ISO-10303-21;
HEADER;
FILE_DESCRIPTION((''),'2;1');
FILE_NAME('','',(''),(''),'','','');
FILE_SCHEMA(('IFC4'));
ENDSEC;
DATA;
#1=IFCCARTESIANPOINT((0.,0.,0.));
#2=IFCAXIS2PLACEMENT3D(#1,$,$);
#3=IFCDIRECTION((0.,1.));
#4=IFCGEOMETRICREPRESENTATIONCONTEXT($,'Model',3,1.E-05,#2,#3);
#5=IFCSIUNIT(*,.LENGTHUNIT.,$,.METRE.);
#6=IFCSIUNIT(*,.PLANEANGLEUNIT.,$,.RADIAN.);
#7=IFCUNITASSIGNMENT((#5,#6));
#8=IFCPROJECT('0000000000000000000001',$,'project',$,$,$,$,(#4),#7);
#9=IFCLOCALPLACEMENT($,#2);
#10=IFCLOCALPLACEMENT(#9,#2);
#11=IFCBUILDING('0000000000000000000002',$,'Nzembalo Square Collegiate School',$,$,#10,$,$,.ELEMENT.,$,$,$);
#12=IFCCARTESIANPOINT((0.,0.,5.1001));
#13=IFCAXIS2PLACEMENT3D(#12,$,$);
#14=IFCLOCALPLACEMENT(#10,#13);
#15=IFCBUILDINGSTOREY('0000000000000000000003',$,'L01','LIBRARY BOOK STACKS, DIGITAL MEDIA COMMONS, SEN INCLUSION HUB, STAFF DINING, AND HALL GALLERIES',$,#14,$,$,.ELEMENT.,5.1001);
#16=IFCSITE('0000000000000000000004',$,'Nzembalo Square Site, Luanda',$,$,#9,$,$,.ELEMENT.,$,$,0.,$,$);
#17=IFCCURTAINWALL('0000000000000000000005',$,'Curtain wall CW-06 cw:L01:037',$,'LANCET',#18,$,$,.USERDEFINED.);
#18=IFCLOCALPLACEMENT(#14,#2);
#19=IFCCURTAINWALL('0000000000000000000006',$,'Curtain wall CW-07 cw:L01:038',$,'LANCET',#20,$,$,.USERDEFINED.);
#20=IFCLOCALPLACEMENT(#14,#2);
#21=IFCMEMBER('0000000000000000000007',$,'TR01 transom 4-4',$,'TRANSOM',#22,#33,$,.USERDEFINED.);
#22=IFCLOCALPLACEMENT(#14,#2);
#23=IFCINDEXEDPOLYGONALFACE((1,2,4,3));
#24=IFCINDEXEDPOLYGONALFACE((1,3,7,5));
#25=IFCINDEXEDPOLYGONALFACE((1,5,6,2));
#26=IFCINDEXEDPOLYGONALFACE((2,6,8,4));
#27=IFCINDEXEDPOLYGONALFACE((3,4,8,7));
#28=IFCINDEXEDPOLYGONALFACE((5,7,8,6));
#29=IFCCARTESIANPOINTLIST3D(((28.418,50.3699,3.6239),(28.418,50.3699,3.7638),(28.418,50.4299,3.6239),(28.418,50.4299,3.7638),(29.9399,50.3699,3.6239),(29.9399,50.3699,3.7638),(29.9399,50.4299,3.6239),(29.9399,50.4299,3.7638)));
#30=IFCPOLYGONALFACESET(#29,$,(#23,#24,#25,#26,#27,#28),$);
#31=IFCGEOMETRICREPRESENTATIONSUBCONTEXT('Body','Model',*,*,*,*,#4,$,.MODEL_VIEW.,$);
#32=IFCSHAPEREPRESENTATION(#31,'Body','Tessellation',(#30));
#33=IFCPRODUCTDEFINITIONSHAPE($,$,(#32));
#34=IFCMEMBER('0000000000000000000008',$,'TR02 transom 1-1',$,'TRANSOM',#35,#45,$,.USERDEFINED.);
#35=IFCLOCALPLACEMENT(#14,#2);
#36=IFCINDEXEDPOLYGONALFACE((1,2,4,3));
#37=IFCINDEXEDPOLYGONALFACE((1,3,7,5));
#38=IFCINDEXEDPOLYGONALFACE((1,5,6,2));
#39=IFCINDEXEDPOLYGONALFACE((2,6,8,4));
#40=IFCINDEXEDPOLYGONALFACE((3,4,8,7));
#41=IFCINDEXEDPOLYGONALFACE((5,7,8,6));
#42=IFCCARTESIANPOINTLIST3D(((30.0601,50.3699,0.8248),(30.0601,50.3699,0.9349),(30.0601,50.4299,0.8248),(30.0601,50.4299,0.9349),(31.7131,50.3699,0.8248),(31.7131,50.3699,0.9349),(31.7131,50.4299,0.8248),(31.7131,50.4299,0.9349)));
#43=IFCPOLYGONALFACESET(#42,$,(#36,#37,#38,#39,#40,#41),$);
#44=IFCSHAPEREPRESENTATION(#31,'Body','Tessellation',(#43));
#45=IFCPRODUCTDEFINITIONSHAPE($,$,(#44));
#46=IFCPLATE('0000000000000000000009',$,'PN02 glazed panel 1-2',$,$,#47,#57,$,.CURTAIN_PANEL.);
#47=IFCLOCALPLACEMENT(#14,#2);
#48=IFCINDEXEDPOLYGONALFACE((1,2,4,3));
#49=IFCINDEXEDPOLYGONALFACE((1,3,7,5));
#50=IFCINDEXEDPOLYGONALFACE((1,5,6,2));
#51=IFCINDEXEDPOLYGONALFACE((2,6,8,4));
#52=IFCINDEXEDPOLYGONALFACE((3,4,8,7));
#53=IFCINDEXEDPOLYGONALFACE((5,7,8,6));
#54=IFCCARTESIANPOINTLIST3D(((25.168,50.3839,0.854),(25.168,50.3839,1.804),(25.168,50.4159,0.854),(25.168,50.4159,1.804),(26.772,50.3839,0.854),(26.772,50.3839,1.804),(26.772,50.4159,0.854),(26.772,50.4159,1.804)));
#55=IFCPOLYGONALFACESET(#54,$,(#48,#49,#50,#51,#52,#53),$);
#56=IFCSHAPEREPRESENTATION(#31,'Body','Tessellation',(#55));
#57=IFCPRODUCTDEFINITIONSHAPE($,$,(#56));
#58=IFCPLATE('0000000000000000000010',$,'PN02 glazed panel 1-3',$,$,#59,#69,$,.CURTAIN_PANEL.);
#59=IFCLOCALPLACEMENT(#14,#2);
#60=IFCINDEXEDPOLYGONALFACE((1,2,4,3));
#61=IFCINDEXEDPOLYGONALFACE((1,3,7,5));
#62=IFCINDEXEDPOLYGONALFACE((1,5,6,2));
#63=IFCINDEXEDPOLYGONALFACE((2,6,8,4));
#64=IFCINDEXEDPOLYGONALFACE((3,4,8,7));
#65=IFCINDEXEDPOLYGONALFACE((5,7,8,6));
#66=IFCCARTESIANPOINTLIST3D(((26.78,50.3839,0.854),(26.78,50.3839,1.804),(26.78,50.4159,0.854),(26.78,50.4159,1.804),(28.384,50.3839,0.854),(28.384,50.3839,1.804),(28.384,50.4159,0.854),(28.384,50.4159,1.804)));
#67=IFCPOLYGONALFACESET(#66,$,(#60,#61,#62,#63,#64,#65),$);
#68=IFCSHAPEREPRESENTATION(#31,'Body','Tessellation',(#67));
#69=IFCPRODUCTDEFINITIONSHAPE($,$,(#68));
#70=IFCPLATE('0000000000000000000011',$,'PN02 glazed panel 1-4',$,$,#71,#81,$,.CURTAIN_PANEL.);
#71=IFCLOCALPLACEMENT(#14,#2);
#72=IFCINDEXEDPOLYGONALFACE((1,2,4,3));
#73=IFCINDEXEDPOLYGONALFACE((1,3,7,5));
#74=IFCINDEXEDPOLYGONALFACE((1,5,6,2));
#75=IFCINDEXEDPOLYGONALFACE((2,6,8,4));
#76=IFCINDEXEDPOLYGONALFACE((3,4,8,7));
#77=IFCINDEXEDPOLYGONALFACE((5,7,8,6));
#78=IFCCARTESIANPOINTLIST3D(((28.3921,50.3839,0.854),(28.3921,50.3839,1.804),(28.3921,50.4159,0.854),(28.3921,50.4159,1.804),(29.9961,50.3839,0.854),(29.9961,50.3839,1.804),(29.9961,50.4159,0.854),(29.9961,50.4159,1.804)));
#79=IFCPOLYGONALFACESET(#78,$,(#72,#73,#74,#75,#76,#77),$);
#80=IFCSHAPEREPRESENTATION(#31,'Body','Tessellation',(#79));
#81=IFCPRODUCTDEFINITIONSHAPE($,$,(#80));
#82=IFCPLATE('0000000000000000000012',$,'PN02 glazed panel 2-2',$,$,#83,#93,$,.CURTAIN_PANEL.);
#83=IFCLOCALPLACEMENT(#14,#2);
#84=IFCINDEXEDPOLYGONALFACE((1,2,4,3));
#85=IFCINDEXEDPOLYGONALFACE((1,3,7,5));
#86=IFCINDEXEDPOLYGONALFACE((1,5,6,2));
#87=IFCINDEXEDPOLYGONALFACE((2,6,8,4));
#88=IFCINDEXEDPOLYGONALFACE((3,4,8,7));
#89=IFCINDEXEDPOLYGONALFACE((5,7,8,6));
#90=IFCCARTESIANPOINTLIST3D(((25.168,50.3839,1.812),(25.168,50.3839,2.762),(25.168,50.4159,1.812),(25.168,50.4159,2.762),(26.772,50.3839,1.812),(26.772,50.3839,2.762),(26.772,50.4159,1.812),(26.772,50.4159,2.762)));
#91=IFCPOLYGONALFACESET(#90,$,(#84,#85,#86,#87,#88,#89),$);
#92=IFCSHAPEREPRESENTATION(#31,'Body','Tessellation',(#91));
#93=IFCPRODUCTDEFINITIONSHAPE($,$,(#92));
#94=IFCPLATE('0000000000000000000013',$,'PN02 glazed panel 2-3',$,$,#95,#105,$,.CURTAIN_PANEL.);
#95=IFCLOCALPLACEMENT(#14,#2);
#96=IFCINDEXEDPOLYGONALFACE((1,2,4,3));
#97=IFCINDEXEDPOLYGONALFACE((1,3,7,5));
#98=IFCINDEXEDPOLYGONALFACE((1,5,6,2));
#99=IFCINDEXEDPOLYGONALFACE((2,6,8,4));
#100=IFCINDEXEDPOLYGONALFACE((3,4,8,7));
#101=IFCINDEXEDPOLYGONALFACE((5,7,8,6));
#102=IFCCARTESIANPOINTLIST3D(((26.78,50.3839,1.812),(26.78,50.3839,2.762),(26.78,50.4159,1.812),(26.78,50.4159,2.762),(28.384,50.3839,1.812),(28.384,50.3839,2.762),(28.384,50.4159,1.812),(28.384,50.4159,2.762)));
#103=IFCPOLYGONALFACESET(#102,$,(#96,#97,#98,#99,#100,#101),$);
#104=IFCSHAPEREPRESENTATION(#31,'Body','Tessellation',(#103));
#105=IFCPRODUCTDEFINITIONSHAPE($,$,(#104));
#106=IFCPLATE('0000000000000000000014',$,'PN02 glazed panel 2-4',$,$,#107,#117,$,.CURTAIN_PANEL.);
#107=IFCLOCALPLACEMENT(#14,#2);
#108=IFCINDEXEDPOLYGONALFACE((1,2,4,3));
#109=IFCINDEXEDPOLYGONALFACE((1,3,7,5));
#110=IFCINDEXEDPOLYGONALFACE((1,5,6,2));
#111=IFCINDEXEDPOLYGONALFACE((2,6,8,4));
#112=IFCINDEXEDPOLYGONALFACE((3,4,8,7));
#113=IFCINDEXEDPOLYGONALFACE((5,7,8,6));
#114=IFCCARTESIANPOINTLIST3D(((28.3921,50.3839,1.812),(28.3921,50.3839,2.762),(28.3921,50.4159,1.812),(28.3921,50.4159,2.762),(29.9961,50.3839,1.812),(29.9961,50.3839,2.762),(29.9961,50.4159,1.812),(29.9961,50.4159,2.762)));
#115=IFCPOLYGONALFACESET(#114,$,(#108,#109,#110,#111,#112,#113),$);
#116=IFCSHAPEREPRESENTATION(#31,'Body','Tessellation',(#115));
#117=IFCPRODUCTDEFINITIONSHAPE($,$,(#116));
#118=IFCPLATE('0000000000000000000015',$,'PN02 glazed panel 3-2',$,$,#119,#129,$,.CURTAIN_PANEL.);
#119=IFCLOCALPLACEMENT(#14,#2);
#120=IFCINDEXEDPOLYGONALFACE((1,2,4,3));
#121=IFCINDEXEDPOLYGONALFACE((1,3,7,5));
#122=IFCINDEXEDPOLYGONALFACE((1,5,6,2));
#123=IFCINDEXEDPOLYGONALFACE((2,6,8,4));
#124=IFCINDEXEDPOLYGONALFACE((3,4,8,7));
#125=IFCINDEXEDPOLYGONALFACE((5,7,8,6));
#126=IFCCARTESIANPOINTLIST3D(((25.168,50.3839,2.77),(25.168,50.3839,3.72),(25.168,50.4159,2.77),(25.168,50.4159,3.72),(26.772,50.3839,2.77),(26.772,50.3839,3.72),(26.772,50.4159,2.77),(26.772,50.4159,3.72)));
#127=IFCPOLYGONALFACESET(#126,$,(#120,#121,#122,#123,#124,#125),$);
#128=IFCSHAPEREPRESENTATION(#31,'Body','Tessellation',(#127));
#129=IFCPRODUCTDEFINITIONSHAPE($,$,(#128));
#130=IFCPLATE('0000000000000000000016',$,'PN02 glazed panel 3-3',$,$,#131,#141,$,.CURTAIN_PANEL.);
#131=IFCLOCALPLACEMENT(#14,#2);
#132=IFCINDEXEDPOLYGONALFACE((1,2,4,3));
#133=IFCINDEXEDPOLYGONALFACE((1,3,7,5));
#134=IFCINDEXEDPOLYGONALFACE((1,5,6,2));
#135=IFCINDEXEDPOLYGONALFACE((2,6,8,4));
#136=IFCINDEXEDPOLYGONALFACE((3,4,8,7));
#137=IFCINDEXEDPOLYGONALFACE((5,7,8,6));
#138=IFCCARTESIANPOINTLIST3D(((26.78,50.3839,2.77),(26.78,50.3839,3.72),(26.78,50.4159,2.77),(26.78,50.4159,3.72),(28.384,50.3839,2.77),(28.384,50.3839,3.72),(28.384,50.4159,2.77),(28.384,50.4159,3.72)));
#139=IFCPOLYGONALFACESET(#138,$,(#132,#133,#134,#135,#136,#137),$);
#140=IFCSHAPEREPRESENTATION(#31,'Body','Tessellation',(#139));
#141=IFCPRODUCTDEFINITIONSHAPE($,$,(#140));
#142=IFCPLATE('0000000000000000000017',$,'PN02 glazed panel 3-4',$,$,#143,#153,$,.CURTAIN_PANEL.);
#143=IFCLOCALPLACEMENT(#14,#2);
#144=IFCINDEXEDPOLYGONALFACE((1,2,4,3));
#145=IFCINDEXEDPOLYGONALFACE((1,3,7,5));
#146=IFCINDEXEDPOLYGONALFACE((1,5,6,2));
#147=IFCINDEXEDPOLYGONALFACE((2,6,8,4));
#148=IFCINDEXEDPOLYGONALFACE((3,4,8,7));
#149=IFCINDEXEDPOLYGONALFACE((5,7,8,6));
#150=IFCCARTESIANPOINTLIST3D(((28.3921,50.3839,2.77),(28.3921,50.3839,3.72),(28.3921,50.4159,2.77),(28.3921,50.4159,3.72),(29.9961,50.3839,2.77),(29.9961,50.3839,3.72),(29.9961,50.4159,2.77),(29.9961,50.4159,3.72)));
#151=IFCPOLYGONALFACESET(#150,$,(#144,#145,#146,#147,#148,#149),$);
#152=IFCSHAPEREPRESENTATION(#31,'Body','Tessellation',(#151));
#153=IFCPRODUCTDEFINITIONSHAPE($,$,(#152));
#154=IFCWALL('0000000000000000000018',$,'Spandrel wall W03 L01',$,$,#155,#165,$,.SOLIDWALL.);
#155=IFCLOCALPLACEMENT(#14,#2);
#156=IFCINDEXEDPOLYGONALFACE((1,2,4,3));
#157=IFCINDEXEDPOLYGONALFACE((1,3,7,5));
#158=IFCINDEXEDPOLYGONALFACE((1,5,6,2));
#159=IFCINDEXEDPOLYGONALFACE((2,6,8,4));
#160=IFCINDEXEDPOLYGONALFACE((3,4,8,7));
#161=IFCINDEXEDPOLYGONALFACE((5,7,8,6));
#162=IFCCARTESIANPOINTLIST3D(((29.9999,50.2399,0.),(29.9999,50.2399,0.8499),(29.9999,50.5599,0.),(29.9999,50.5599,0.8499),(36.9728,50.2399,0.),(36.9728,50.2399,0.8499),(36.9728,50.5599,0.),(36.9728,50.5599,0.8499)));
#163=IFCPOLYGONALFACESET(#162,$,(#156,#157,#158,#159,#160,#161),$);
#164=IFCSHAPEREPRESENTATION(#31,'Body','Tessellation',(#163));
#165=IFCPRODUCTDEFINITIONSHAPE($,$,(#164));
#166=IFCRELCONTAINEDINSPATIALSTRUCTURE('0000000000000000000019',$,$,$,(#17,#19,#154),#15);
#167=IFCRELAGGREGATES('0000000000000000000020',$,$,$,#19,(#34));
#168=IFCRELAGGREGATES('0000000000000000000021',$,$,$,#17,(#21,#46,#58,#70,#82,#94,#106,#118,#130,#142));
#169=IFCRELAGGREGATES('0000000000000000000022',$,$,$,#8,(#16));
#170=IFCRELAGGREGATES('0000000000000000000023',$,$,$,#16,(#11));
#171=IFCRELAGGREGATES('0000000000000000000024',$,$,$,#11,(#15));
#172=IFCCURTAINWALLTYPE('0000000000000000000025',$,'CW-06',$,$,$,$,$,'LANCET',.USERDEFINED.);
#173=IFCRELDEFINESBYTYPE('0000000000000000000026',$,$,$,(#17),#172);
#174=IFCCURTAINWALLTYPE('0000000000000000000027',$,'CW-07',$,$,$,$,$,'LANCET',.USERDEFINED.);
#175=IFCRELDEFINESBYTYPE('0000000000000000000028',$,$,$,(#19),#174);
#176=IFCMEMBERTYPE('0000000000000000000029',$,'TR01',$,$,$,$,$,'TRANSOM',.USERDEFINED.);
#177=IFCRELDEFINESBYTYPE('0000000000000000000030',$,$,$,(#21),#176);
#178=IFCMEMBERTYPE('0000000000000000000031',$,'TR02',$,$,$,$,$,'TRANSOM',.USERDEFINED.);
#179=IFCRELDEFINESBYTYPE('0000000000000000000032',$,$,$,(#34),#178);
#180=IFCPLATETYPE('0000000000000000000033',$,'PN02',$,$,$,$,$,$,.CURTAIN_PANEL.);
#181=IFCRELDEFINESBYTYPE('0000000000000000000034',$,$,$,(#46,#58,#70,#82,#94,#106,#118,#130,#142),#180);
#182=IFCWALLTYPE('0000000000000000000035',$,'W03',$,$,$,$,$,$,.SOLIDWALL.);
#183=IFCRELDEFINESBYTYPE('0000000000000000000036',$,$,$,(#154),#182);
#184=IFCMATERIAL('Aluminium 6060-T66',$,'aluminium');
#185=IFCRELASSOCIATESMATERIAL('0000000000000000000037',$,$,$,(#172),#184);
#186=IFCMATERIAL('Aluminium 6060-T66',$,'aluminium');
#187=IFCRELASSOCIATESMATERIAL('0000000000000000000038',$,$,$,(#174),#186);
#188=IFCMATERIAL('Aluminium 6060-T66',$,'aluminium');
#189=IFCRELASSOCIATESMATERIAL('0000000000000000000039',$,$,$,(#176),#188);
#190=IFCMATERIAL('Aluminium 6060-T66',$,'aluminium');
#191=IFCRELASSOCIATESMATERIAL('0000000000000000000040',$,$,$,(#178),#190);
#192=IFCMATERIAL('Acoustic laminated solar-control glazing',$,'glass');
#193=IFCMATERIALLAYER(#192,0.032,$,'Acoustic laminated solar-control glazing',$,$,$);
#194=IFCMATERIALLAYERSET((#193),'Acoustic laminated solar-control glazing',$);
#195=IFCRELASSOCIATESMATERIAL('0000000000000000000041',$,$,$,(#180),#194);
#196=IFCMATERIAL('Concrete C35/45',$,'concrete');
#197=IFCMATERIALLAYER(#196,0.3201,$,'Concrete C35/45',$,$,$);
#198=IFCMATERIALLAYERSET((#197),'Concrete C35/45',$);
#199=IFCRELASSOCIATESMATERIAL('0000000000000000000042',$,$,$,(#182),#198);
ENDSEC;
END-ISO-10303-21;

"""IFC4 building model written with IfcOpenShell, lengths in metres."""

from ifc_helpers import new_model, si_unit, direction, frame, frame_2d, origin, origin_2d, place, context, subcontext, project, spatial, rectangle, extrude, material, layer, layer_set, material_profile, profile_set, type_object, element, aggregate, save


model = new_model("IFC4")

# Units and contexts
model_context = context("Model", 3, precision=1e-05, world=origin(), true_north=direction((0.0, 1.0)))
body_context = subcontext(model_context, "Body", "Model", "MODEL_VIEW")
ifc_project = project(units=[si_unit("LENGTHUNIT", "METRE"), si_unit("PLANEANGLEUNIT", "RADIAN")], contexts=[model_context])

# Site, building, storey
site_placement = place(None, origin())
site = spatial("IfcSite", under=ifc_project, at=site_placement, Name="Nzembalo Square Site, Luanda", CompositionType="ELEMENT", RefElevation=0.0)
building_placement = place(site_placement, origin())
building = spatial("IfcBuilding", under=site, at=building_placement, Name="Nzembalo Square Collegiate School", CompositionType="ELEMENT")
storey_placement = place(building_placement, frame((0.0, 0.0, 5.1001)))
storey = spatial("IfcBuildingStorey", under=building, at=storey_placement, Name="L01", Description="LIBRARY BOOK STACKS, DIGITAL MEDIA COMMONS, SEN INCLUSION HUB, STAFF DINING, AND HALL GALLERIES", CompositionType="ELEMENT", Elevation=5.1001)

# Curtain wall
ifc_material_1 = material(Name="Aluminium 6060-T66", Category="aluminium")
curtain_wall_type_1 = type_object("IfcCurtainWallType", Name="CW-06", ElementType="LANCET", PredefinedType="USERDEFINED", material=ifc_material_1)
curtain_wall_1_placement = place(storey_placement, origin())
curtain_wall_1 = element("IfcCurtainWall", 1, at=curtain_wall_1_placement, inside=storey, type_object=curtain_wall_type_1, Name="Curtain wall CW-06 cw:L01:037", ObjectType="LANCET", PredefinedType="USERDEFINED")

# Curtain wall
ifc_material_2 = material(Name="Aluminium 6060-T66", Category="aluminium")
curtain_wall_type_2 = type_object("IfcCurtainWallType", Name="CW-07", ElementType="LANCET", PredefinedType="USERDEFINED", material=ifc_material_2)
curtain_wall_2_placement = place(storey_placement, origin())
curtain_wall_2 = element("IfcCurtainWall", 2, at=curtain_wall_2_placement, inside=storey, type_object=curtain_wall_type_2, Name="Curtain wall CW-07 cw:L01:038", ObjectType="LANCET", PredefinedType="USERDEFINED")

# Members
ifc_material_3 = material(Name="Aluminium 6060-T66", Category="aluminium")
ifc_material_profile_1 = material_profile(ifc_material_3, rectangle(XDim=0.0601, YDim=0.1399, at=origin_2d()), Name="ALU T60x140")
ifc_profile_set_1 = profile_set([ifc_material_profile_1], Name="Aluminium 6060-T66")
member_type_1 = type_object("IfcMemberType", Name="TR01", ElementType="TRANSOM", PredefinedType="USERDEFINED", material=ifc_profile_set_1)
member_1_placement = place(storey_placement, frame((28.418, 50.3999, 3.6938), z_axis=(1.0, 0.0, 0.0), x_axis=(0.0, 1.0, 0.0)))
member_1 = element("IfcMember", 3, at=member_1_placement, type_object=member_type_1, Name="TR01 transom 4-4", ObjectType="TRANSOM", PredefinedType="USERDEFINED", context=body_context, shape_type="SweptSolid", body=[
    extrude(rectangle(XDim=0.0601, YDim=0.1399, at=origin_2d()), origin(), (0.0, 0.0, 1.0), 1.522),
])
ifc_material_4 = material(Name="Aluminium 6060-T66", Category="aluminium")
ifc_material_profile_2 = material_profile(ifc_material_4, rectangle(XDim=0.0601, YDim=0.1101, at=origin_2d()), Name="ALU T60x110")
ifc_profile_set_2 = profile_set([ifc_material_profile_2], Name="Aluminium 6060-T66")
member_type_2 = type_object("IfcMemberType", Name="TR02", ElementType="TRANSOM", PredefinedType="USERDEFINED", material=ifc_profile_set_2)
member_2_placement = place(storey_placement, frame((30.0601, 50.3999, 0.8799), z_axis=(1.0, 0.0, 0.0), x_axis=(0.0, 1.0, 0.0)))
member_2 = element("IfcMember", 4, at=member_2_placement, type_object=member_type_2, Name="TR02 transom 1-1", ObjectType="TRANSOM", PredefinedType="USERDEFINED", context=body_context, shape_type="SweptSolid", body=[
    extrude(rectangle(XDim=0.0601, YDim=0.1101, at=origin_2d()), origin(), (0.0, 0.0, 1.0), 1.6531),
])
aggregate(curtain_wall_2, [member_2])

# Plates
ifc_material_5 = material(Name="Acoustic laminated solar-control glazing", Category="glass")
ifc_layer_1 = layer(ifc_material_5, 0.032, Name="Acoustic laminated solar-control glazing")
ifc_layer_set_1 = layer_set([ifc_layer_1], Name="Acoustic laminated solar-control glazing")
plate_type = type_object("IfcPlateType", Name="PN02", PredefinedType="CURTAIN_PANEL", material=ifc_layer_set_1)
plate_1_placement = place(storey_placement, frame((25.97, 50.3999, 0.854), z_axis=(0.0, 0.0, 1.0), x_axis=(1.0, 0.0, 0.0)))
plate_1 = element("IfcPlate", 5, at=plate_1_placement, type_object=plate_type, Name="PN02 glazed panel 1-2", PredefinedType="CURTAIN_PANEL", context=body_context, shape_type="SweptSolid", body=[
    extrude(rectangle(XDim=1.604, YDim=0.032, at=origin_2d()), origin(), (0.0, 0.0, 1.0), 0.95),
])
plate_2_placement = place(storey_placement, frame((27.582, 50.3999, 0.854), z_axis=(0.0, 0.0, 1.0), x_axis=(1.0, 0.0, 0.0)))
plate_2 = element("IfcPlate", 6, at=plate_2_placement, type_object=plate_type, Name="PN02 glazed panel 1-3", PredefinedType="CURTAIN_PANEL", context=body_context, shape_type="SweptSolid", body=[
    extrude(rectangle(XDim=1.604, YDim=0.032, at=origin_2d()), origin(), (0.0, 0.0, 1.0), 0.95),
])
plate_3_placement = place(storey_placement, frame((29.1941, 50.3999, 0.854), z_axis=(0.0, 0.0, 1.0), x_axis=(1.0, 0.0, 0.0)))
plate_3 = element("IfcPlate", 7, at=plate_3_placement, type_object=plate_type, Name="PN02 glazed panel 1-4", PredefinedType="CURTAIN_PANEL", context=body_context, shape_type="SweptSolid", body=[
    extrude(rectangle(XDim=1.604, YDim=0.032, at=origin_2d()), origin(), (0.0, 0.0, 1.0), 0.95),
])
plate_4_placement = place(storey_placement, frame((25.97, 50.3999, 1.812), z_axis=(0.0, 0.0, 1.0), x_axis=(1.0, 0.0, 0.0)))
plate_4 = element("IfcPlate", 8, at=plate_4_placement, type_object=plate_type, Name="PN02 glazed panel 2-2", PredefinedType="CURTAIN_PANEL", context=body_context, shape_type="SweptSolid", body=[
    extrude(rectangle(XDim=1.604, YDim=0.032, at=origin_2d()), origin(), (0.0, 0.0, 1.0), 0.95),
])
plate_5_placement = place(storey_placement, frame((27.582, 50.3999, 1.812), z_axis=(0.0, 0.0, 1.0), x_axis=(1.0, 0.0, 0.0)))
plate_5 = element("IfcPlate", 9, at=plate_5_placement, type_object=plate_type, Name="PN02 glazed panel 2-3", PredefinedType="CURTAIN_PANEL", context=body_context, shape_type="SweptSolid", body=[
    extrude(rectangle(XDim=1.604, YDim=0.032, at=origin_2d()), origin(), (0.0, 0.0, 1.0), 0.95),
])
plate_6_placement = place(storey_placement, frame((29.1941, 50.3999, 1.812), z_axis=(0.0, 0.0, 1.0), x_axis=(1.0, 0.0, 0.0)))
plate_6 = element("IfcPlate", 10, at=plate_6_placement, type_object=plate_type, Name="PN02 glazed panel 2-4", PredefinedType="CURTAIN_PANEL", context=body_context, shape_type="SweptSolid", body=[
    extrude(rectangle(XDim=1.604, YDim=0.032, at=origin_2d()), origin(), (0.0, 0.0, 1.0), 0.95),
])
plate_7_placement = place(storey_placement, frame((25.97, 50.3999, 2.77), z_axis=(0.0, 0.0, 1.0), x_axis=(1.0, 0.0, 0.0)))
plate_7 = element("IfcPlate", 11, at=plate_7_placement, type_object=plate_type, Name="PN02 glazed panel 3-2", PredefinedType="CURTAIN_PANEL", context=body_context, shape_type="SweptSolid", body=[
    extrude(rectangle(XDim=1.604, YDim=0.032, at=origin_2d()), origin(), (0.0, 0.0, 1.0), 0.95),
])
plate_8_placement = place(storey_placement, frame((27.582, 50.3999, 2.77), z_axis=(0.0, 0.0, 1.0), x_axis=(1.0, 0.0, 0.0)))
plate_8 = element("IfcPlate", 12, at=plate_8_placement, type_object=plate_type, Name="PN02 glazed panel 3-3", PredefinedType="CURTAIN_PANEL", context=body_context, shape_type="SweptSolid", body=[
    extrude(rectangle(XDim=1.604, YDim=0.032, at=origin_2d()), origin(), (0.0, 0.0, 1.0), 0.95),
])
plate_9_placement = place(storey_placement, frame((29.1941, 50.3999, 2.77), z_axis=(0.0, 0.0, 1.0), x_axis=(1.0, 0.0, 0.0)))
plate_9 = element("IfcPlate", 13, at=plate_9_placement, type_object=plate_type, Name="PN02 glazed panel 3-4", PredefinedType="CURTAIN_PANEL", context=body_context, shape_type="SweptSolid", body=[
    extrude(rectangle(XDim=1.604, YDim=0.032, at=origin_2d()), origin(), (0.0, 0.0, 1.0), 0.95),
])
aggregate(curtain_wall_1, [member_1, plate_1, plate_2, plate_3, plate_4, plate_5, plate_6, plate_7, plate_8, plate_9])

# Wall
ifc_material_6 = material(Name="Concrete C35/45", Category="concrete")
ifc_layer_2 = layer(ifc_material_6, 0.3201, Name="Concrete C35/45")
ifc_layer_set_2 = layer_set([ifc_layer_2], Name="Concrete C35/45")
wall_type = type_object("IfcWallType", Name="W03", PredefinedType="SOLIDWALL", material=ifc_layer_set_2)
wall_placement = place(storey_placement, frame((30.0, 50.3999, 0.0), z_axis=(0.0, 0.0, 1.0), x_axis=(1.0, 0.0, 0.0)))
element("IfcWall", 14, at=wall_placement, inside=storey, type_object=wall_type, Name="Spandrel wall W03 L01", PredefinedType="SOLIDWALL", context=body_context, shape_type="SweptSolid", body=[
    extrude(rectangle(XDim=6.9729, YDim=0.3201, at=frame_2d((3.4863, 0.0))), origin(), (0.0, 0.0, 1.0), 0.8499),
])

save(model, "model.ifc")
